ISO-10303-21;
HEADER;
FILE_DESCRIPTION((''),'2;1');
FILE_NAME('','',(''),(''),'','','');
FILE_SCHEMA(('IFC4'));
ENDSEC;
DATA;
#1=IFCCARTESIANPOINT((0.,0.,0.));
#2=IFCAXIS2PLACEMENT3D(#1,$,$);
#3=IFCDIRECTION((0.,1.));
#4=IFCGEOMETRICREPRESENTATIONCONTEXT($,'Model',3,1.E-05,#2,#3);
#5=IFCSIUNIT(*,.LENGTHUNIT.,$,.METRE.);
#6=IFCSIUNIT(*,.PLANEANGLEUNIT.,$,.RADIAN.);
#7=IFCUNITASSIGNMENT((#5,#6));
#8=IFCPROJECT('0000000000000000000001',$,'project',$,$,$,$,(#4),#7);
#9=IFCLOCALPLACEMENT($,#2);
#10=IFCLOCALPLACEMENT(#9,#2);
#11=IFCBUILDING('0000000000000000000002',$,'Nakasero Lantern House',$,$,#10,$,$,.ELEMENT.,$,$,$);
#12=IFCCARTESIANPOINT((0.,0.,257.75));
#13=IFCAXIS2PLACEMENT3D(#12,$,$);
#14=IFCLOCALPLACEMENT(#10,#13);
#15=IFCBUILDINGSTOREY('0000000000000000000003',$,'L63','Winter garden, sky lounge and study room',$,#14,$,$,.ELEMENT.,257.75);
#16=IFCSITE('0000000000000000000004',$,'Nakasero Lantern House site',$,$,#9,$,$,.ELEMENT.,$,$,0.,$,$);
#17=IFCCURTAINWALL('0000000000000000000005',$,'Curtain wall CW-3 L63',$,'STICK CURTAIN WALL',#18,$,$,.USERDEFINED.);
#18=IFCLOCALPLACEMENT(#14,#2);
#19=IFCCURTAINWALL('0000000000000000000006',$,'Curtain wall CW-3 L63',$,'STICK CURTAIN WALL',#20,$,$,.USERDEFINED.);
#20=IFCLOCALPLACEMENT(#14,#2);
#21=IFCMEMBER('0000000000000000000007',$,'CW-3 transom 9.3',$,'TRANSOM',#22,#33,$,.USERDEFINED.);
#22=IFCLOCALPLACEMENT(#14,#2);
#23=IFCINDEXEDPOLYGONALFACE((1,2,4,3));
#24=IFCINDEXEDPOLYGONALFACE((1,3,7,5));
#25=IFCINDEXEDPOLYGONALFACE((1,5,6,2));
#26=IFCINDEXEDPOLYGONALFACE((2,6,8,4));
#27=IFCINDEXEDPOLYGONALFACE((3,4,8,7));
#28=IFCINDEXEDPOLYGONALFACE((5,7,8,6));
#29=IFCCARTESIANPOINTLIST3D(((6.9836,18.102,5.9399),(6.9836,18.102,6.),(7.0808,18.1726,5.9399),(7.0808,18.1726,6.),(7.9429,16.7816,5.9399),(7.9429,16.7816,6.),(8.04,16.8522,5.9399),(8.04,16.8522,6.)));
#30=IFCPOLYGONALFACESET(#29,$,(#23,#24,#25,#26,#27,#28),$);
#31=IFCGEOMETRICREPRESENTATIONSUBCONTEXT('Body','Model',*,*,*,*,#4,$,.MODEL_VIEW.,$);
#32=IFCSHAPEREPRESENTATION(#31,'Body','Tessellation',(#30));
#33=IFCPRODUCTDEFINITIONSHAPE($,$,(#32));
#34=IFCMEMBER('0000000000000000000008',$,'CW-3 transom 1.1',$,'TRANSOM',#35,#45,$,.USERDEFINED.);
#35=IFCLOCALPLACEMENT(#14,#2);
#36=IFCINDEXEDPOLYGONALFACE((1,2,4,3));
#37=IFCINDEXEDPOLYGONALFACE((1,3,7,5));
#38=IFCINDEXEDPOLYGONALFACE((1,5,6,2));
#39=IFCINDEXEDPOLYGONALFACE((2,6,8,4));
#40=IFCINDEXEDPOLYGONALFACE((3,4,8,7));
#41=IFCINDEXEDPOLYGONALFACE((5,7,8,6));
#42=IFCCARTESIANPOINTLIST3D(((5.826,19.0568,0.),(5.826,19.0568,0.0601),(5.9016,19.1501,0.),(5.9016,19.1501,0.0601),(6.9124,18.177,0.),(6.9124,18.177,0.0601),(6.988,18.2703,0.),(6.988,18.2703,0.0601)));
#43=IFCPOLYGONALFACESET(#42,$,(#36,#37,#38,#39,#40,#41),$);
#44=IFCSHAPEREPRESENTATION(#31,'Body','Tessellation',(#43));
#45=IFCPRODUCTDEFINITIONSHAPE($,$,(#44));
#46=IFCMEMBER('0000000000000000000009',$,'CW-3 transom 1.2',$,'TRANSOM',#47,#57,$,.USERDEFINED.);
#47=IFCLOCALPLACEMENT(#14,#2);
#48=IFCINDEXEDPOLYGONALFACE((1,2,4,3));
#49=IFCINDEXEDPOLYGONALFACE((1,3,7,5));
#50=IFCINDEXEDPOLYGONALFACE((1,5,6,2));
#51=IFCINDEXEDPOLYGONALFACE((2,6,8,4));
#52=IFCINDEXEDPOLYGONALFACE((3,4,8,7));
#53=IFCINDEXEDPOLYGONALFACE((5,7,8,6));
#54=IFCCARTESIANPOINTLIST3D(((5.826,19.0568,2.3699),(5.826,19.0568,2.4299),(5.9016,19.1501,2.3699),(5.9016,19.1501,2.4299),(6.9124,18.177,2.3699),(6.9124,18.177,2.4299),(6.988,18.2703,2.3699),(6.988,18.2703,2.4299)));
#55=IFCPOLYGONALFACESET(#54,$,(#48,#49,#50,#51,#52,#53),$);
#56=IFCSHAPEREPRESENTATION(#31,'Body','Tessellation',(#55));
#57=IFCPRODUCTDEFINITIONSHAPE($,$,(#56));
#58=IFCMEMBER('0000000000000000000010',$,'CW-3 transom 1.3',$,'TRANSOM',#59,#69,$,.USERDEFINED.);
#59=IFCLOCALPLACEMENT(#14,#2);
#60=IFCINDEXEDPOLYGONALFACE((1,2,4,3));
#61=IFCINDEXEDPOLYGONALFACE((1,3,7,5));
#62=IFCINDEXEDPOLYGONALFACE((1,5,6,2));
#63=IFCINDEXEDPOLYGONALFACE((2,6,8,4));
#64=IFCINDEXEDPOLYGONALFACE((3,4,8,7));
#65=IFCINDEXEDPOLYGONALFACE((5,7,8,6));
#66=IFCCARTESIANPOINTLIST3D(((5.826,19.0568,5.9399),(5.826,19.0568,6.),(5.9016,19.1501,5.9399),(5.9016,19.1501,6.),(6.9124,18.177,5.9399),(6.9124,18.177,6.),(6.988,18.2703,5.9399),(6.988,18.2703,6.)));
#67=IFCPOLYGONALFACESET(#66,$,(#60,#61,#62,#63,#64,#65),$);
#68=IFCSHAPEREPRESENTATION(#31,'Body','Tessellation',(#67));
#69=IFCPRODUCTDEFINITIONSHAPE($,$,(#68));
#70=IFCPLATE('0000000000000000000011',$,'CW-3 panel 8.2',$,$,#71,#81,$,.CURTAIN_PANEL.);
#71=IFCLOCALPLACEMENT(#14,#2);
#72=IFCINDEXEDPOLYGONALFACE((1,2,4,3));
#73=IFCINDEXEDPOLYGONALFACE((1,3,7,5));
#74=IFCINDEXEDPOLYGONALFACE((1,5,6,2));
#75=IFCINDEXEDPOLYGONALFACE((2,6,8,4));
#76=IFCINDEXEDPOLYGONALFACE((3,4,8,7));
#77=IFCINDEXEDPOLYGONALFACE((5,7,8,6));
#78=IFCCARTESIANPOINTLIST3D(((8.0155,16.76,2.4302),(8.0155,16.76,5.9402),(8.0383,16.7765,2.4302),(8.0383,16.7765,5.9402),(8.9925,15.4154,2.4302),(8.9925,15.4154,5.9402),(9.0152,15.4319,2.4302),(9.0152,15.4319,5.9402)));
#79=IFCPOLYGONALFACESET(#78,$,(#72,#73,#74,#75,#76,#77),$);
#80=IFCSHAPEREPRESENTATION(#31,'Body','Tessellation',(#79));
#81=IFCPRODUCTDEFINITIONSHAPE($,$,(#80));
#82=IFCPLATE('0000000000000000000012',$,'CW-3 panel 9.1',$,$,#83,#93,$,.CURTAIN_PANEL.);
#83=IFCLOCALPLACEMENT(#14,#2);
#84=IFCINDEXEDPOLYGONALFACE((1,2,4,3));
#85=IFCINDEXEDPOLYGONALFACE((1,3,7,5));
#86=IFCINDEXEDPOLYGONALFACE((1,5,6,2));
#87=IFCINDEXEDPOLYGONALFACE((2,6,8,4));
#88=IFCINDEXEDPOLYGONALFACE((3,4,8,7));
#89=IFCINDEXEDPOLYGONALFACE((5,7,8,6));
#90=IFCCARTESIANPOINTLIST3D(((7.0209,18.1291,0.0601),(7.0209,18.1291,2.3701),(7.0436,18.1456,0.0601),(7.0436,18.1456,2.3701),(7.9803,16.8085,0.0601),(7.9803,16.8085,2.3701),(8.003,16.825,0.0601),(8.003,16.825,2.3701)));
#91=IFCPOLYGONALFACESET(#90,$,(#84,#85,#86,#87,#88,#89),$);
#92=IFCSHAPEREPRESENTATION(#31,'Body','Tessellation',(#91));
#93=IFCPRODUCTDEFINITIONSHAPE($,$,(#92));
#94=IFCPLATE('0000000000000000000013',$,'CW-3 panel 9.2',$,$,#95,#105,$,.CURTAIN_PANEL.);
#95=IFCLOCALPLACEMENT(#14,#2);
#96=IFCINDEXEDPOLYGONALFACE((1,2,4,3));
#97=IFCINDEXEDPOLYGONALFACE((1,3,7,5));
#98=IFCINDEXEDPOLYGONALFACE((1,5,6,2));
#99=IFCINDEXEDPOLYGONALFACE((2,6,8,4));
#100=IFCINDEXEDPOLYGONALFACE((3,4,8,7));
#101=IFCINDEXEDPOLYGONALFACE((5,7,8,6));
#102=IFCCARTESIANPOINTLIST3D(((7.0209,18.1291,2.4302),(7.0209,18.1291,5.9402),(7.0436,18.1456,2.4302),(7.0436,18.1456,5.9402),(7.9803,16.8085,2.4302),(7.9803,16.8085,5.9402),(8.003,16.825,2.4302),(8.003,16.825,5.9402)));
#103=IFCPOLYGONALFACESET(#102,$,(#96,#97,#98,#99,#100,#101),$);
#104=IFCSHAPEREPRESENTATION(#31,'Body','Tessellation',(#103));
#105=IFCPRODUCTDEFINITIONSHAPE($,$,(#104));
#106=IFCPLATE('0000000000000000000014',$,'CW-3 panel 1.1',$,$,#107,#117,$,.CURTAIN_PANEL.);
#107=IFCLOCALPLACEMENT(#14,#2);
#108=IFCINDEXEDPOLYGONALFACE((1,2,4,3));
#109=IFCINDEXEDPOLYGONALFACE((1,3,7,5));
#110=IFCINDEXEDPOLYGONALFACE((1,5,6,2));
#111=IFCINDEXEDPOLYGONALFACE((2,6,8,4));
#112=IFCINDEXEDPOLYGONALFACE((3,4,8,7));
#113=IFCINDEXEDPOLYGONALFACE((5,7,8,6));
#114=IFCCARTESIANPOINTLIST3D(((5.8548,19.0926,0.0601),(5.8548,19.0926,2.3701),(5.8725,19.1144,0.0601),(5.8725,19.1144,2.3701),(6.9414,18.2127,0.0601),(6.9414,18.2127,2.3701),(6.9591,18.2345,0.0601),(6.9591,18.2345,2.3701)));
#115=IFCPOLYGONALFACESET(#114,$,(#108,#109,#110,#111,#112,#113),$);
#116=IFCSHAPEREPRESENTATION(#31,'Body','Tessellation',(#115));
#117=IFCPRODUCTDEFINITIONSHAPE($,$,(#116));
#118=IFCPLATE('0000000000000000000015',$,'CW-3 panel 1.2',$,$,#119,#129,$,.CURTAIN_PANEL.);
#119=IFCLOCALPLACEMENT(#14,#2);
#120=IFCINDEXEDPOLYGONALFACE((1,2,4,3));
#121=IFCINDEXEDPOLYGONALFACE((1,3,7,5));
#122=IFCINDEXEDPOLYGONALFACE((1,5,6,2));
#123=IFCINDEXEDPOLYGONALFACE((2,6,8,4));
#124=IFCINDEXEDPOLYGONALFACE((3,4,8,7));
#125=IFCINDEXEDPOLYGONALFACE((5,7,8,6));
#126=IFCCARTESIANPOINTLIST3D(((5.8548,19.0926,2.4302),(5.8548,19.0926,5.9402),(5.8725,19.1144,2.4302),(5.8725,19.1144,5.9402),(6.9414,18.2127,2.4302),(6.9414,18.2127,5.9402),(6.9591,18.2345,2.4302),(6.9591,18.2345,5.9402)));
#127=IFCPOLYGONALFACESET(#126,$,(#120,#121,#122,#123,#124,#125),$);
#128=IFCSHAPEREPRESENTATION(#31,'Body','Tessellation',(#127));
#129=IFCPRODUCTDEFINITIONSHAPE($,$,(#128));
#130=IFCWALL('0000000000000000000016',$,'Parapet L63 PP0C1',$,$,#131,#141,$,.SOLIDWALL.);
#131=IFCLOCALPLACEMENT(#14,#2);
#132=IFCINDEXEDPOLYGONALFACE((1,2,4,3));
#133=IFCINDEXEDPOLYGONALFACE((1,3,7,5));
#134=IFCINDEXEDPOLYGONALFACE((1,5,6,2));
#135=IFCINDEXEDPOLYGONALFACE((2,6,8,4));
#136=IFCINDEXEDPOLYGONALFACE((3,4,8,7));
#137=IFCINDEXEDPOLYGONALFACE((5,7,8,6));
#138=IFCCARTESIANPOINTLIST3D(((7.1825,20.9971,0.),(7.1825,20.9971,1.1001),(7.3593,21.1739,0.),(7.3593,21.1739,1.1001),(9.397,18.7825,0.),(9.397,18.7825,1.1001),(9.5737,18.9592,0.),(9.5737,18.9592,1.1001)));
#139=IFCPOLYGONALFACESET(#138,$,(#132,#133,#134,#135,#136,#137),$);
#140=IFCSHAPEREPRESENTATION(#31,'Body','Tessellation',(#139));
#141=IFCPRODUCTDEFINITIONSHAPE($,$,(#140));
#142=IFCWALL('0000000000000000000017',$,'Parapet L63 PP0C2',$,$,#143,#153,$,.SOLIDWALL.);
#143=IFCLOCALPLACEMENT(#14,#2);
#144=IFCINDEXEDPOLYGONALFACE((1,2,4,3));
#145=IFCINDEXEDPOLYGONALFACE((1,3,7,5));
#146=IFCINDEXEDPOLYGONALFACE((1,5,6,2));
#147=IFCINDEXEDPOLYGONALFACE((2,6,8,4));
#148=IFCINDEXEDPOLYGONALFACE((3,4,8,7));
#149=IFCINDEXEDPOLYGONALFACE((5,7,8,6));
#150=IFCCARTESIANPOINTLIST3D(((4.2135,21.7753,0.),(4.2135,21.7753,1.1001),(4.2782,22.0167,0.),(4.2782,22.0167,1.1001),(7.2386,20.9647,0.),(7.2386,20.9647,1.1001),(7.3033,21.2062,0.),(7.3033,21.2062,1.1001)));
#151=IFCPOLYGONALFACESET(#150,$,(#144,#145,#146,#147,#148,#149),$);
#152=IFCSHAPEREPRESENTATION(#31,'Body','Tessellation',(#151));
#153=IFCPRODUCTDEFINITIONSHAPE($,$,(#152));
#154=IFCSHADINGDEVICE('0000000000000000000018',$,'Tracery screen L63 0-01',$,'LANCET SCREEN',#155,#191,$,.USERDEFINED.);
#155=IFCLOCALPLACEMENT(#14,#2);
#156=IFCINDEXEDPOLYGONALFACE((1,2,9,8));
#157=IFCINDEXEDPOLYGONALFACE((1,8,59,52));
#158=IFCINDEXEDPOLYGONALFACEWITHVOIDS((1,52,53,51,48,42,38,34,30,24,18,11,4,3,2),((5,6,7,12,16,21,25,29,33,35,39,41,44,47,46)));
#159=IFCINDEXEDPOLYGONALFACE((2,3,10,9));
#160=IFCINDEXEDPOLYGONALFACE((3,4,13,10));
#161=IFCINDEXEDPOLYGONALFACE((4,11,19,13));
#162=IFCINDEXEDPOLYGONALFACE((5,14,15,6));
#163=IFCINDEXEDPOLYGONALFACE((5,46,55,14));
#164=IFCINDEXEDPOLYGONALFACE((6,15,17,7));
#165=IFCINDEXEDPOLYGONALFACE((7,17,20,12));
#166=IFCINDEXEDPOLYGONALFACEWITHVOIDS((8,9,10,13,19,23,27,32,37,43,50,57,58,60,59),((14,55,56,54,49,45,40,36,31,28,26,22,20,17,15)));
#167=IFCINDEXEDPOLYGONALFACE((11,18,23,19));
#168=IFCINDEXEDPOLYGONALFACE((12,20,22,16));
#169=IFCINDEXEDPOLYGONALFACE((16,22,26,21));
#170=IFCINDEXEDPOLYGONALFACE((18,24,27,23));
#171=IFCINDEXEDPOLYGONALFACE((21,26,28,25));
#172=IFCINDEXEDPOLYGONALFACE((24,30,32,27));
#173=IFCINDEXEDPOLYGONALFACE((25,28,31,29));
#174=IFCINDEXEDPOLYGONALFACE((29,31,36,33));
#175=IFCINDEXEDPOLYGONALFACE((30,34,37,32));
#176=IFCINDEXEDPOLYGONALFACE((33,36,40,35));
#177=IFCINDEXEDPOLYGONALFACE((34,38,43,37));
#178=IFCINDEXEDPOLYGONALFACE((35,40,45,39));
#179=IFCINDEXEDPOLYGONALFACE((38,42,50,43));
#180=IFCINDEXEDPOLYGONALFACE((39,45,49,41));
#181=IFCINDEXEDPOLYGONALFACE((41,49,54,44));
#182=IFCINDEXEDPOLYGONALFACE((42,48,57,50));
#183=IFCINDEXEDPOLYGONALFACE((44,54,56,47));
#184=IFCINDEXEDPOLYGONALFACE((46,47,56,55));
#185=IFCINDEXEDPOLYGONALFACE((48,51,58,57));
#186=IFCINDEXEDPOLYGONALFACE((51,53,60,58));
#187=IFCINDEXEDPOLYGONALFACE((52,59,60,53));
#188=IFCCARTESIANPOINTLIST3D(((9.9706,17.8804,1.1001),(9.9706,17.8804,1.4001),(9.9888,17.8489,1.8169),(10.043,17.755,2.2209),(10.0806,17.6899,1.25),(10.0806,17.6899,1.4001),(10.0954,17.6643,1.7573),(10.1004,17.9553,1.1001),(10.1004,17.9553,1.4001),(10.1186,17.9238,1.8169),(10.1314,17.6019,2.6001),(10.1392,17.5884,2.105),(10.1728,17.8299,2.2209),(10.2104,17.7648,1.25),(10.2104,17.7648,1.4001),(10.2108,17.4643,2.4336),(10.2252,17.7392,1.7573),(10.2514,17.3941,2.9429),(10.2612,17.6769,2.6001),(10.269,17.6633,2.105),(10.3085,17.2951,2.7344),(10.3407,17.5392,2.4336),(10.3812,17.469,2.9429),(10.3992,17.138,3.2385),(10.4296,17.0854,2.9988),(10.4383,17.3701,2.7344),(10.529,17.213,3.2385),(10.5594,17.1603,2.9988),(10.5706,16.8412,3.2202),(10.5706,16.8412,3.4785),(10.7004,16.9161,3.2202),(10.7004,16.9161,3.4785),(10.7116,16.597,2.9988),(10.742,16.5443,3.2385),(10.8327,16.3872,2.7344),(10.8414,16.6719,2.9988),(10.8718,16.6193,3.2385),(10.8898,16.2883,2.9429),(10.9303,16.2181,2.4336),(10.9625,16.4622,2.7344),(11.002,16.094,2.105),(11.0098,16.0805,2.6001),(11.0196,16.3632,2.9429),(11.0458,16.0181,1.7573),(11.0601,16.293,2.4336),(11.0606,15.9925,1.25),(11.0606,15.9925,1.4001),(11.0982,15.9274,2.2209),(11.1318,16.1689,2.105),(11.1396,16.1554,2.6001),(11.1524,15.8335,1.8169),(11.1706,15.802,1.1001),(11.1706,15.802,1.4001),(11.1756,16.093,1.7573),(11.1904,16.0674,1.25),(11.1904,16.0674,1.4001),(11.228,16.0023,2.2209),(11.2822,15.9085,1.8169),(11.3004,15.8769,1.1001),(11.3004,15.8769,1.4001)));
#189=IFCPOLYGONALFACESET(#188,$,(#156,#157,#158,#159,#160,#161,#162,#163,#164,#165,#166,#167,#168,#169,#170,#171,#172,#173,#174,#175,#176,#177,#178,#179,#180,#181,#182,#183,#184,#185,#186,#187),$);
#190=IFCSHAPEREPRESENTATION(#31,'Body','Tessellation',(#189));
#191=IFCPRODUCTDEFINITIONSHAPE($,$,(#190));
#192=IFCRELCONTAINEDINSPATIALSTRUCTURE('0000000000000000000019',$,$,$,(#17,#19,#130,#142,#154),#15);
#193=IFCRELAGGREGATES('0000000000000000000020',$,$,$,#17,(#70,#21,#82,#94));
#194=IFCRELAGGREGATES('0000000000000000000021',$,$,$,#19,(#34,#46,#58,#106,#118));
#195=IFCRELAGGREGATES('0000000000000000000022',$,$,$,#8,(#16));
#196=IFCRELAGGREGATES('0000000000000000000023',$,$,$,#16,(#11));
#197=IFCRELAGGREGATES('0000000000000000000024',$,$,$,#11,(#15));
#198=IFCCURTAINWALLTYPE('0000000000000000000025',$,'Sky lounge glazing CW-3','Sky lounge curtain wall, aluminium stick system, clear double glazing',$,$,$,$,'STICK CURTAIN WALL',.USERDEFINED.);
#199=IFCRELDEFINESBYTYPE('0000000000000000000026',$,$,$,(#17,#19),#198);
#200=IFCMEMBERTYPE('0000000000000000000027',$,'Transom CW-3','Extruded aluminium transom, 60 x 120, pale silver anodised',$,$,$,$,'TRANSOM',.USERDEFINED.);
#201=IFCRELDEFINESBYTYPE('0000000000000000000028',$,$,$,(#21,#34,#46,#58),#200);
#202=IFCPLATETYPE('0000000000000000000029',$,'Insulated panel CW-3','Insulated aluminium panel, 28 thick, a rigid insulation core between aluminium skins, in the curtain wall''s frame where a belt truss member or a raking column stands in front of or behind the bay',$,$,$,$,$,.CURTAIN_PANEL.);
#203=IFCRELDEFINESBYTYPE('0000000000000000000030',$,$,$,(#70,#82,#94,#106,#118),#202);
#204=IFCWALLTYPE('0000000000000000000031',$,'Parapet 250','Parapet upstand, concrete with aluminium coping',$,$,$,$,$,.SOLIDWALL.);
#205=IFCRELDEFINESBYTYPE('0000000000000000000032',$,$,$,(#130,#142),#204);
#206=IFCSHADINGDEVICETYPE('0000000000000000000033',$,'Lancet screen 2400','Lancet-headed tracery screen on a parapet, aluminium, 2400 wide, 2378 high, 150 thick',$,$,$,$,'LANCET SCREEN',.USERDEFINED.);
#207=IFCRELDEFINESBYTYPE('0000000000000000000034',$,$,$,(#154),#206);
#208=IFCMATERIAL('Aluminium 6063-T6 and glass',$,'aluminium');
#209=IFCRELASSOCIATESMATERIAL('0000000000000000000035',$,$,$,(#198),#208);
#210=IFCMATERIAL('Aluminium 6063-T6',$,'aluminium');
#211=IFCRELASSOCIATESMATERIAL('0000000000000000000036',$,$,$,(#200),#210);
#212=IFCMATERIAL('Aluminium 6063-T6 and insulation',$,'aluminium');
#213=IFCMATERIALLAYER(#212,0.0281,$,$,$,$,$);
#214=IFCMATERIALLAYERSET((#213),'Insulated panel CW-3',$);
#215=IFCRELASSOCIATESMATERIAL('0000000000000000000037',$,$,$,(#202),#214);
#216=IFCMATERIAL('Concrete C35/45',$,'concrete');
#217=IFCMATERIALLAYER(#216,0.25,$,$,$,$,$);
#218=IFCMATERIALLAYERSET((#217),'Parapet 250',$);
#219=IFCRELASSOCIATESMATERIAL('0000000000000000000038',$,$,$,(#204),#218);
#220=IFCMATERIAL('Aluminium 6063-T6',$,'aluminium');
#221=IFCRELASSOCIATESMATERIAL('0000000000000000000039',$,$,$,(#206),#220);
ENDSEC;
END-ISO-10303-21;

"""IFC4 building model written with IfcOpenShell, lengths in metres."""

from ifc_helpers import new_model, si_unit, direction, frame, frame_2d, origin, origin_2d, place, context, subcontext, project, spatial, polyline, rectangle, outline, extrude, material, layer, layer_set, material_profile, profile_set, type_object, element, aggregate, save


model = new_model("IFC4")

# Units and contexts
model_context = context("Model", 3, precision=1e-05, world=origin(), true_north=direction((0.0, 1.0)))
body_context = subcontext(model_context, "Body", "Model", "MODEL_VIEW")
ifc_project = project(units=[si_unit("LENGTHUNIT", "METRE"), si_unit("PLANEANGLEUNIT", "RADIAN")], contexts=[model_context])

# Site, building, storey
site_placement = place(None, origin())
site = spatial("IfcSite", under=ifc_project, at=site_placement, Name="Nakasero Lantern House site", CompositionType="ELEMENT", RefElevation=0.0)
building_placement = place(site_placement, origin())
building = spatial("IfcBuilding", under=site, at=building_placement, Name="Nakasero Lantern House", CompositionType="ELEMENT")
storey_placement = place(building_placement, frame((0.0, 0.0, 257.75)))
storey = spatial("IfcBuildingStorey", under=building, at=storey_placement, Name="L63", Description="Winter garden, sky lounge and study room", CompositionType="ELEMENT", Elevation=257.75)

# Curtain wall
ifc_material_1 = material(Name="Aluminium 6063-T6 and glass", Category="aluminium")
curtain_wall_type = type_object("IfcCurtainWallType", Name="Sky lounge glazing CW-3", Description="Sky lounge curtain wall, aluminium stick system, clear double glazing", ElementType="STICK CURTAIN WALL", PredefinedType="USERDEFINED", material=ifc_material_1)
curtain_wall_1_placement = place(storey_placement, origin())
curtain_wall_1 = element("IfcCurtainWall", 1, at=curtain_wall_1_placement, inside=storey, type_object=curtain_wall_type, Name="Curtain wall CW-3 L63", ObjectType="STICK CURTAIN WALL", PredefinedType="USERDEFINED")

# Curtain wall
curtain_wall_2_placement = place(storey_placement, origin())
curtain_wall_2 = element("IfcCurtainWall", 2, at=curtain_wall_2_placement, inside=storey, type_object=curtain_wall_type, Name="Curtain wall CW-3 L63", ObjectType="STICK CURTAIN WALL", PredefinedType="USERDEFINED")

# Members
ifc_material_2 = material(Name="Aluminium 6063-T6", Category="aluminium")
ifc_material_profile_1 = material_profile(ifc_material_2, rectangle(XDim=0.0601, YDim=0.1201, at=origin_2d()), Name="CW-3 transom 60x120")
ifc_profile_set_1 = profile_set([ifc_material_profile_1], Name="Aluminium 6063-T6")
member_type_1 = type_object("IfcMemberType", Name="Transom CW-3", Description="Extruded aluminium transom, 60 x 120, pale silver anodised", ElementType="TRANSOM", PredefinedType="USERDEFINED", material=ifc_profile_set_1)
member_1_placement = place(storey_placement, frame((7.9915, 16.8169, 5.97), z_axis=(-0.587771, 0.809027, 0.0), x_axis=(0.0, 0.0, 1.0)))
member_1 = element("IfcMember", 3, at=member_1_placement, type_object=member_type_1, Name="CW-3 transom 9.3", ObjectType="TRANSOM", PredefinedType="USERDEFINED", context=body_context, shape_type="SweptSolid", body=[
    extrude(rectangle(XDim=0.0601, YDim=0.1201, at=origin_2d()), origin(), (0.0, 0.0, 1.0), 1.6321),
])
member_2_placement = place(storey_placement, frame((6.9502, 18.2236, 0.03), z_axis=(-0.777107, 0.629369, 0.0), x_axis=(0.0, 0.0, 1.0)))
member_2 = element("IfcMember", 4, at=member_2_placement, type_object=member_type_1, Name="CW-3 transom 1.1", ObjectType="TRANSOM", PredefinedType="USERDEFINED", context=body_context, shape_type="SweptSolid", body=[
    extrude(rectangle(XDim=0.0601, YDim=0.1201, at=origin_2d()), origin(), (0.0, 0.0, 1.0), 1.3979),
])
member_3_placement = place(storey_placement, frame((6.9502, 18.2236, 2.3999), z_axis=(-0.777107, 0.629369, 0.0), x_axis=(0.0, 0.0, 1.0)))
member_3 = element("IfcMember", 5, at=member_3_placement, type_object=member_type_1, Name="CW-3 transom 1.2", ObjectType="TRANSOM", PredefinedType="USERDEFINED", context=body_context, shape_type="SweptSolid", body=[
    extrude(rectangle(XDim=0.0601, YDim=0.1201, at=origin_2d()), origin(), (0.0, 0.0, 1.0), 1.3979),
])
member_4_placement = place(storey_placement, frame((6.9502, 18.2236, 5.97), z_axis=(-0.777107, 0.629369, 0.0), x_axis=(0.0, 0.0, 1.0)))
member_4 = element("IfcMember", 6, at=member_4_placement, type_object=member_type_1, Name="CW-3 transom 1.3", ObjectType="TRANSOM", PredefinedType="USERDEFINED", context=body_context, shape_type="SweptSolid", body=[
    extrude(rectangle(XDim=0.0601, YDim=0.1201, at=origin_2d()), origin(), (0.0, 0.0, 1.0), 1.3979),
])

# Plates
ifc_material_3 = material(Name="Aluminium 6063-T6 and insulation", Category="aluminium")
ifc_layer_1 = layer(ifc_material_3, 0.0281)
ifc_layer_set_1 = layer_set([ifc_layer_1], Name="Insulated panel CW-3")
plate_type = type_object("IfcPlateType", Name="Insulated panel CW-3", Description="Insulated aluminium panel, 28 thick, a rigid insulation core between aluminium skins, in the curtain wall's frame where a belt truss member or a raking column stands in front of or behind the bay", PredefinedType="CURTAIN_PANEL", material=ifc_layer_set_1)
plate_1_placement = place(storey_placement, frame((8.5154, 16.0959, 2.4302), z_axis=(0.0, 0.0, 1.0), x_axis=(-0.587785, 0.809017, 0.0)))
plate_1 = element("IfcPlate", 7, at=plate_1_placement, type_object=plate_type, Name="CW-3 panel 8.2", PredefinedType="CURTAIN_PANEL", context=body_context, shape_type="SweptSolid", body=[
    extrude(rectangle(XDim=1.6621, YDim=0.0281, at=origin_2d()), origin(), (0.0, 0.0, 1.0), 3.51),
])
plate_2_placement = place(storey_placement, frame((7.512, 17.4771, 0.0601), z_axis=(0.0, 0.0, 1.0), x_axis=(-0.587785, 0.809017, 0.0)))
plate_2 = element("IfcPlate", 8, at=plate_2_placement, type_object=plate_type, Name="CW-3 panel 9.1", PredefinedType="CURTAIN_PANEL", context=body_context, shape_type="SweptSolid", body=[
    extrude(rectangle(XDim=1.6323, YDim=0.0281, at=origin_2d()), origin(), (0.0, 0.0, 1.0), 2.3101),
])
plate_3_placement = place(storey_placement, frame((7.512, 17.4771, 2.4302), z_axis=(0.0, 0.0, 1.0), x_axis=(-0.587785, 0.809017, 0.0)))
plate_3 = element("IfcPlate", 9, at=plate_3_placement, type_object=plate_type, Name="CW-3 panel 9.2", PredefinedType="CURTAIN_PANEL", context=body_context, shape_type="SweptSolid", body=[
    extrude(rectangle(XDim=1.6323, YDim=0.0281, at=origin_2d()), origin(), (0.0, 0.0, 1.0), 3.51),
])
aggregate(curtain_wall_1, [plate_1, member_1, plate_2, plate_3])
plate_4_placement = place(storey_placement, frame((6.407, 18.6636, 0.0601), z_axis=(0.0, 0.0, 1.0), x_axis=(-0.777146, 0.62932, 0.0)))
plate_4 = element("IfcPlate", 10, at=plate_4_placement, type_object=plate_type, Name="CW-3 panel 1.1", PredefinedType="CURTAIN_PANEL", context=body_context, shape_type="SweptSolid", body=[
    extrude(rectangle(XDim=1.3982, YDim=0.0281, at=origin_2d()), origin(), (0.0, 0.0, 1.0), 2.3101),
])
plate_5_placement = place(storey_placement, frame((6.407, 18.6636, 2.4302), z_axis=(0.0, 0.0, 1.0), x_axis=(-0.777146, 0.62932, 0.0)))
plate_5 = element("IfcPlate", 11, at=plate_5_placement, type_object=plate_type, Name="CW-3 panel 1.2", PredefinedType="CURTAIN_PANEL", context=body_context, shape_type="SweptSolid", body=[
    extrude(rectangle(XDim=1.3982, YDim=0.0281, at=origin_2d()), origin(), (0.0, 0.0, 1.0), 3.51),
])
aggregate(curtain_wall_2, [member_2, member_3, member_4, plate_4, plate_5])

# Walls
ifc_material_4 = material(Name="Concrete C35/45", Category="concrete")
ifc_layer_2 = layer(ifc_material_4, 0.25)
ifc_layer_set_2 = layer_set([ifc_layer_2], Name="Parapet 250")
wall_type = type_object("IfcWallType", Name="Parapet 250", Description="Parapet upstand, concrete with aluminium coping", PredefinedType="SOLIDWALL", material=ifc_layer_set_2)
for number, where, z_axis, x_axis, name in (
    (12, (9.4854, 18.8708, 0.0), (0.0, 0.0, 1.0), (-0.707068, 0.707146, 0.0), "Parapet L63 PP0C1"),
    (13, (7.271, 21.0854, 0.0), (0.0, 0.0, 1.0), (-0.965929, 0.258808, 0.0), "Parapet L63 PP0C2"),
):
    element("IfcWall", number, at=place(storey_placement, frame(where, z_axis=z_axis, x_axis=x_axis)), inside=storey, type_object=wall_type, Name=name, PredefinedType="SOLIDWALL", context=body_context, shape_type="SweptSolid", body=[
        extrude(rectangle(XDim=3.1318, YDim=0.25, at=frame_2d((1.5659, 0.0))), origin(), (0.0, 0.0, 1.0), 1.1001),
    ])

# Shading device
ifc_material_5 = material(Name="Aluminium 6063-T6", Category="aluminium")
shading_device_type = type_object("IfcShadingDeviceType", Name="Lancet screen 2400", Description="Lancet-headed tracery screen on a parapet, aluminium, 2400 wide, 2378 high, 150 thick", ElementType="LANCET SCREEN", PredefinedType="USERDEFINED", material=ifc_material_5)
shading_device_placement = place(storey_placement, frame((10.6355, 16.8787, 1.1001), z_axis=(0.0, 0.0, 1.0), x_axis=(-0.5, 0.866025, 0.0)))
element("IfcShadingDevice", 14, at=shading_device_placement, inside=storey, type_object=shading_device_type, Name="Tracery screen L63 0-01", ObjectType="LANCET SCREEN", PredefinedType="USERDEFINED", context=body_context, shape_type="SweptSolid", body=[
    extrude(outline(polyline([(-1.2, 0.0), (1.2, 0.0), (1.2, 0.3), (1.1636, 0.7168), (1.0552, 1.1208), (0.8784, 1.5), (0.6384, 1.8428), (0.3428, 2.1384), (0.0, 2.3784), (-0.3428, 2.1384), (-0.6384, 1.8428), (-0.8784, 1.5), (-1.0552, 1.1208), (-1.1636, 0.7168), (-1.2, 0.3), (-1.2, 0.0)]), holes=[polyline([(-0.98, 0.1499), (0.98, 0.1499), (0.98, 0.3), (0.9504, 0.6572), (0.8628, 1.0049), (0.7195, 1.3335), (0.5242, 1.6343), (0.282, 1.8987), (0.0, 2.1201), (-0.282, 1.8987), (-0.5242, 1.6343), (-0.7195, 1.3335), (-0.8628, 1.0049), (-0.9504, 0.6572), (-0.98, 0.3), (-0.98, 0.1499)])]), frame((0.0, 0.075, 0.0), z_axis=(0.0, -1.0, 0.0), x_axis=(1.0, 0.0, 0.0)), (0.0, 0.0, 1.0), 0.1499),
])

save(model, "model.ifc")
